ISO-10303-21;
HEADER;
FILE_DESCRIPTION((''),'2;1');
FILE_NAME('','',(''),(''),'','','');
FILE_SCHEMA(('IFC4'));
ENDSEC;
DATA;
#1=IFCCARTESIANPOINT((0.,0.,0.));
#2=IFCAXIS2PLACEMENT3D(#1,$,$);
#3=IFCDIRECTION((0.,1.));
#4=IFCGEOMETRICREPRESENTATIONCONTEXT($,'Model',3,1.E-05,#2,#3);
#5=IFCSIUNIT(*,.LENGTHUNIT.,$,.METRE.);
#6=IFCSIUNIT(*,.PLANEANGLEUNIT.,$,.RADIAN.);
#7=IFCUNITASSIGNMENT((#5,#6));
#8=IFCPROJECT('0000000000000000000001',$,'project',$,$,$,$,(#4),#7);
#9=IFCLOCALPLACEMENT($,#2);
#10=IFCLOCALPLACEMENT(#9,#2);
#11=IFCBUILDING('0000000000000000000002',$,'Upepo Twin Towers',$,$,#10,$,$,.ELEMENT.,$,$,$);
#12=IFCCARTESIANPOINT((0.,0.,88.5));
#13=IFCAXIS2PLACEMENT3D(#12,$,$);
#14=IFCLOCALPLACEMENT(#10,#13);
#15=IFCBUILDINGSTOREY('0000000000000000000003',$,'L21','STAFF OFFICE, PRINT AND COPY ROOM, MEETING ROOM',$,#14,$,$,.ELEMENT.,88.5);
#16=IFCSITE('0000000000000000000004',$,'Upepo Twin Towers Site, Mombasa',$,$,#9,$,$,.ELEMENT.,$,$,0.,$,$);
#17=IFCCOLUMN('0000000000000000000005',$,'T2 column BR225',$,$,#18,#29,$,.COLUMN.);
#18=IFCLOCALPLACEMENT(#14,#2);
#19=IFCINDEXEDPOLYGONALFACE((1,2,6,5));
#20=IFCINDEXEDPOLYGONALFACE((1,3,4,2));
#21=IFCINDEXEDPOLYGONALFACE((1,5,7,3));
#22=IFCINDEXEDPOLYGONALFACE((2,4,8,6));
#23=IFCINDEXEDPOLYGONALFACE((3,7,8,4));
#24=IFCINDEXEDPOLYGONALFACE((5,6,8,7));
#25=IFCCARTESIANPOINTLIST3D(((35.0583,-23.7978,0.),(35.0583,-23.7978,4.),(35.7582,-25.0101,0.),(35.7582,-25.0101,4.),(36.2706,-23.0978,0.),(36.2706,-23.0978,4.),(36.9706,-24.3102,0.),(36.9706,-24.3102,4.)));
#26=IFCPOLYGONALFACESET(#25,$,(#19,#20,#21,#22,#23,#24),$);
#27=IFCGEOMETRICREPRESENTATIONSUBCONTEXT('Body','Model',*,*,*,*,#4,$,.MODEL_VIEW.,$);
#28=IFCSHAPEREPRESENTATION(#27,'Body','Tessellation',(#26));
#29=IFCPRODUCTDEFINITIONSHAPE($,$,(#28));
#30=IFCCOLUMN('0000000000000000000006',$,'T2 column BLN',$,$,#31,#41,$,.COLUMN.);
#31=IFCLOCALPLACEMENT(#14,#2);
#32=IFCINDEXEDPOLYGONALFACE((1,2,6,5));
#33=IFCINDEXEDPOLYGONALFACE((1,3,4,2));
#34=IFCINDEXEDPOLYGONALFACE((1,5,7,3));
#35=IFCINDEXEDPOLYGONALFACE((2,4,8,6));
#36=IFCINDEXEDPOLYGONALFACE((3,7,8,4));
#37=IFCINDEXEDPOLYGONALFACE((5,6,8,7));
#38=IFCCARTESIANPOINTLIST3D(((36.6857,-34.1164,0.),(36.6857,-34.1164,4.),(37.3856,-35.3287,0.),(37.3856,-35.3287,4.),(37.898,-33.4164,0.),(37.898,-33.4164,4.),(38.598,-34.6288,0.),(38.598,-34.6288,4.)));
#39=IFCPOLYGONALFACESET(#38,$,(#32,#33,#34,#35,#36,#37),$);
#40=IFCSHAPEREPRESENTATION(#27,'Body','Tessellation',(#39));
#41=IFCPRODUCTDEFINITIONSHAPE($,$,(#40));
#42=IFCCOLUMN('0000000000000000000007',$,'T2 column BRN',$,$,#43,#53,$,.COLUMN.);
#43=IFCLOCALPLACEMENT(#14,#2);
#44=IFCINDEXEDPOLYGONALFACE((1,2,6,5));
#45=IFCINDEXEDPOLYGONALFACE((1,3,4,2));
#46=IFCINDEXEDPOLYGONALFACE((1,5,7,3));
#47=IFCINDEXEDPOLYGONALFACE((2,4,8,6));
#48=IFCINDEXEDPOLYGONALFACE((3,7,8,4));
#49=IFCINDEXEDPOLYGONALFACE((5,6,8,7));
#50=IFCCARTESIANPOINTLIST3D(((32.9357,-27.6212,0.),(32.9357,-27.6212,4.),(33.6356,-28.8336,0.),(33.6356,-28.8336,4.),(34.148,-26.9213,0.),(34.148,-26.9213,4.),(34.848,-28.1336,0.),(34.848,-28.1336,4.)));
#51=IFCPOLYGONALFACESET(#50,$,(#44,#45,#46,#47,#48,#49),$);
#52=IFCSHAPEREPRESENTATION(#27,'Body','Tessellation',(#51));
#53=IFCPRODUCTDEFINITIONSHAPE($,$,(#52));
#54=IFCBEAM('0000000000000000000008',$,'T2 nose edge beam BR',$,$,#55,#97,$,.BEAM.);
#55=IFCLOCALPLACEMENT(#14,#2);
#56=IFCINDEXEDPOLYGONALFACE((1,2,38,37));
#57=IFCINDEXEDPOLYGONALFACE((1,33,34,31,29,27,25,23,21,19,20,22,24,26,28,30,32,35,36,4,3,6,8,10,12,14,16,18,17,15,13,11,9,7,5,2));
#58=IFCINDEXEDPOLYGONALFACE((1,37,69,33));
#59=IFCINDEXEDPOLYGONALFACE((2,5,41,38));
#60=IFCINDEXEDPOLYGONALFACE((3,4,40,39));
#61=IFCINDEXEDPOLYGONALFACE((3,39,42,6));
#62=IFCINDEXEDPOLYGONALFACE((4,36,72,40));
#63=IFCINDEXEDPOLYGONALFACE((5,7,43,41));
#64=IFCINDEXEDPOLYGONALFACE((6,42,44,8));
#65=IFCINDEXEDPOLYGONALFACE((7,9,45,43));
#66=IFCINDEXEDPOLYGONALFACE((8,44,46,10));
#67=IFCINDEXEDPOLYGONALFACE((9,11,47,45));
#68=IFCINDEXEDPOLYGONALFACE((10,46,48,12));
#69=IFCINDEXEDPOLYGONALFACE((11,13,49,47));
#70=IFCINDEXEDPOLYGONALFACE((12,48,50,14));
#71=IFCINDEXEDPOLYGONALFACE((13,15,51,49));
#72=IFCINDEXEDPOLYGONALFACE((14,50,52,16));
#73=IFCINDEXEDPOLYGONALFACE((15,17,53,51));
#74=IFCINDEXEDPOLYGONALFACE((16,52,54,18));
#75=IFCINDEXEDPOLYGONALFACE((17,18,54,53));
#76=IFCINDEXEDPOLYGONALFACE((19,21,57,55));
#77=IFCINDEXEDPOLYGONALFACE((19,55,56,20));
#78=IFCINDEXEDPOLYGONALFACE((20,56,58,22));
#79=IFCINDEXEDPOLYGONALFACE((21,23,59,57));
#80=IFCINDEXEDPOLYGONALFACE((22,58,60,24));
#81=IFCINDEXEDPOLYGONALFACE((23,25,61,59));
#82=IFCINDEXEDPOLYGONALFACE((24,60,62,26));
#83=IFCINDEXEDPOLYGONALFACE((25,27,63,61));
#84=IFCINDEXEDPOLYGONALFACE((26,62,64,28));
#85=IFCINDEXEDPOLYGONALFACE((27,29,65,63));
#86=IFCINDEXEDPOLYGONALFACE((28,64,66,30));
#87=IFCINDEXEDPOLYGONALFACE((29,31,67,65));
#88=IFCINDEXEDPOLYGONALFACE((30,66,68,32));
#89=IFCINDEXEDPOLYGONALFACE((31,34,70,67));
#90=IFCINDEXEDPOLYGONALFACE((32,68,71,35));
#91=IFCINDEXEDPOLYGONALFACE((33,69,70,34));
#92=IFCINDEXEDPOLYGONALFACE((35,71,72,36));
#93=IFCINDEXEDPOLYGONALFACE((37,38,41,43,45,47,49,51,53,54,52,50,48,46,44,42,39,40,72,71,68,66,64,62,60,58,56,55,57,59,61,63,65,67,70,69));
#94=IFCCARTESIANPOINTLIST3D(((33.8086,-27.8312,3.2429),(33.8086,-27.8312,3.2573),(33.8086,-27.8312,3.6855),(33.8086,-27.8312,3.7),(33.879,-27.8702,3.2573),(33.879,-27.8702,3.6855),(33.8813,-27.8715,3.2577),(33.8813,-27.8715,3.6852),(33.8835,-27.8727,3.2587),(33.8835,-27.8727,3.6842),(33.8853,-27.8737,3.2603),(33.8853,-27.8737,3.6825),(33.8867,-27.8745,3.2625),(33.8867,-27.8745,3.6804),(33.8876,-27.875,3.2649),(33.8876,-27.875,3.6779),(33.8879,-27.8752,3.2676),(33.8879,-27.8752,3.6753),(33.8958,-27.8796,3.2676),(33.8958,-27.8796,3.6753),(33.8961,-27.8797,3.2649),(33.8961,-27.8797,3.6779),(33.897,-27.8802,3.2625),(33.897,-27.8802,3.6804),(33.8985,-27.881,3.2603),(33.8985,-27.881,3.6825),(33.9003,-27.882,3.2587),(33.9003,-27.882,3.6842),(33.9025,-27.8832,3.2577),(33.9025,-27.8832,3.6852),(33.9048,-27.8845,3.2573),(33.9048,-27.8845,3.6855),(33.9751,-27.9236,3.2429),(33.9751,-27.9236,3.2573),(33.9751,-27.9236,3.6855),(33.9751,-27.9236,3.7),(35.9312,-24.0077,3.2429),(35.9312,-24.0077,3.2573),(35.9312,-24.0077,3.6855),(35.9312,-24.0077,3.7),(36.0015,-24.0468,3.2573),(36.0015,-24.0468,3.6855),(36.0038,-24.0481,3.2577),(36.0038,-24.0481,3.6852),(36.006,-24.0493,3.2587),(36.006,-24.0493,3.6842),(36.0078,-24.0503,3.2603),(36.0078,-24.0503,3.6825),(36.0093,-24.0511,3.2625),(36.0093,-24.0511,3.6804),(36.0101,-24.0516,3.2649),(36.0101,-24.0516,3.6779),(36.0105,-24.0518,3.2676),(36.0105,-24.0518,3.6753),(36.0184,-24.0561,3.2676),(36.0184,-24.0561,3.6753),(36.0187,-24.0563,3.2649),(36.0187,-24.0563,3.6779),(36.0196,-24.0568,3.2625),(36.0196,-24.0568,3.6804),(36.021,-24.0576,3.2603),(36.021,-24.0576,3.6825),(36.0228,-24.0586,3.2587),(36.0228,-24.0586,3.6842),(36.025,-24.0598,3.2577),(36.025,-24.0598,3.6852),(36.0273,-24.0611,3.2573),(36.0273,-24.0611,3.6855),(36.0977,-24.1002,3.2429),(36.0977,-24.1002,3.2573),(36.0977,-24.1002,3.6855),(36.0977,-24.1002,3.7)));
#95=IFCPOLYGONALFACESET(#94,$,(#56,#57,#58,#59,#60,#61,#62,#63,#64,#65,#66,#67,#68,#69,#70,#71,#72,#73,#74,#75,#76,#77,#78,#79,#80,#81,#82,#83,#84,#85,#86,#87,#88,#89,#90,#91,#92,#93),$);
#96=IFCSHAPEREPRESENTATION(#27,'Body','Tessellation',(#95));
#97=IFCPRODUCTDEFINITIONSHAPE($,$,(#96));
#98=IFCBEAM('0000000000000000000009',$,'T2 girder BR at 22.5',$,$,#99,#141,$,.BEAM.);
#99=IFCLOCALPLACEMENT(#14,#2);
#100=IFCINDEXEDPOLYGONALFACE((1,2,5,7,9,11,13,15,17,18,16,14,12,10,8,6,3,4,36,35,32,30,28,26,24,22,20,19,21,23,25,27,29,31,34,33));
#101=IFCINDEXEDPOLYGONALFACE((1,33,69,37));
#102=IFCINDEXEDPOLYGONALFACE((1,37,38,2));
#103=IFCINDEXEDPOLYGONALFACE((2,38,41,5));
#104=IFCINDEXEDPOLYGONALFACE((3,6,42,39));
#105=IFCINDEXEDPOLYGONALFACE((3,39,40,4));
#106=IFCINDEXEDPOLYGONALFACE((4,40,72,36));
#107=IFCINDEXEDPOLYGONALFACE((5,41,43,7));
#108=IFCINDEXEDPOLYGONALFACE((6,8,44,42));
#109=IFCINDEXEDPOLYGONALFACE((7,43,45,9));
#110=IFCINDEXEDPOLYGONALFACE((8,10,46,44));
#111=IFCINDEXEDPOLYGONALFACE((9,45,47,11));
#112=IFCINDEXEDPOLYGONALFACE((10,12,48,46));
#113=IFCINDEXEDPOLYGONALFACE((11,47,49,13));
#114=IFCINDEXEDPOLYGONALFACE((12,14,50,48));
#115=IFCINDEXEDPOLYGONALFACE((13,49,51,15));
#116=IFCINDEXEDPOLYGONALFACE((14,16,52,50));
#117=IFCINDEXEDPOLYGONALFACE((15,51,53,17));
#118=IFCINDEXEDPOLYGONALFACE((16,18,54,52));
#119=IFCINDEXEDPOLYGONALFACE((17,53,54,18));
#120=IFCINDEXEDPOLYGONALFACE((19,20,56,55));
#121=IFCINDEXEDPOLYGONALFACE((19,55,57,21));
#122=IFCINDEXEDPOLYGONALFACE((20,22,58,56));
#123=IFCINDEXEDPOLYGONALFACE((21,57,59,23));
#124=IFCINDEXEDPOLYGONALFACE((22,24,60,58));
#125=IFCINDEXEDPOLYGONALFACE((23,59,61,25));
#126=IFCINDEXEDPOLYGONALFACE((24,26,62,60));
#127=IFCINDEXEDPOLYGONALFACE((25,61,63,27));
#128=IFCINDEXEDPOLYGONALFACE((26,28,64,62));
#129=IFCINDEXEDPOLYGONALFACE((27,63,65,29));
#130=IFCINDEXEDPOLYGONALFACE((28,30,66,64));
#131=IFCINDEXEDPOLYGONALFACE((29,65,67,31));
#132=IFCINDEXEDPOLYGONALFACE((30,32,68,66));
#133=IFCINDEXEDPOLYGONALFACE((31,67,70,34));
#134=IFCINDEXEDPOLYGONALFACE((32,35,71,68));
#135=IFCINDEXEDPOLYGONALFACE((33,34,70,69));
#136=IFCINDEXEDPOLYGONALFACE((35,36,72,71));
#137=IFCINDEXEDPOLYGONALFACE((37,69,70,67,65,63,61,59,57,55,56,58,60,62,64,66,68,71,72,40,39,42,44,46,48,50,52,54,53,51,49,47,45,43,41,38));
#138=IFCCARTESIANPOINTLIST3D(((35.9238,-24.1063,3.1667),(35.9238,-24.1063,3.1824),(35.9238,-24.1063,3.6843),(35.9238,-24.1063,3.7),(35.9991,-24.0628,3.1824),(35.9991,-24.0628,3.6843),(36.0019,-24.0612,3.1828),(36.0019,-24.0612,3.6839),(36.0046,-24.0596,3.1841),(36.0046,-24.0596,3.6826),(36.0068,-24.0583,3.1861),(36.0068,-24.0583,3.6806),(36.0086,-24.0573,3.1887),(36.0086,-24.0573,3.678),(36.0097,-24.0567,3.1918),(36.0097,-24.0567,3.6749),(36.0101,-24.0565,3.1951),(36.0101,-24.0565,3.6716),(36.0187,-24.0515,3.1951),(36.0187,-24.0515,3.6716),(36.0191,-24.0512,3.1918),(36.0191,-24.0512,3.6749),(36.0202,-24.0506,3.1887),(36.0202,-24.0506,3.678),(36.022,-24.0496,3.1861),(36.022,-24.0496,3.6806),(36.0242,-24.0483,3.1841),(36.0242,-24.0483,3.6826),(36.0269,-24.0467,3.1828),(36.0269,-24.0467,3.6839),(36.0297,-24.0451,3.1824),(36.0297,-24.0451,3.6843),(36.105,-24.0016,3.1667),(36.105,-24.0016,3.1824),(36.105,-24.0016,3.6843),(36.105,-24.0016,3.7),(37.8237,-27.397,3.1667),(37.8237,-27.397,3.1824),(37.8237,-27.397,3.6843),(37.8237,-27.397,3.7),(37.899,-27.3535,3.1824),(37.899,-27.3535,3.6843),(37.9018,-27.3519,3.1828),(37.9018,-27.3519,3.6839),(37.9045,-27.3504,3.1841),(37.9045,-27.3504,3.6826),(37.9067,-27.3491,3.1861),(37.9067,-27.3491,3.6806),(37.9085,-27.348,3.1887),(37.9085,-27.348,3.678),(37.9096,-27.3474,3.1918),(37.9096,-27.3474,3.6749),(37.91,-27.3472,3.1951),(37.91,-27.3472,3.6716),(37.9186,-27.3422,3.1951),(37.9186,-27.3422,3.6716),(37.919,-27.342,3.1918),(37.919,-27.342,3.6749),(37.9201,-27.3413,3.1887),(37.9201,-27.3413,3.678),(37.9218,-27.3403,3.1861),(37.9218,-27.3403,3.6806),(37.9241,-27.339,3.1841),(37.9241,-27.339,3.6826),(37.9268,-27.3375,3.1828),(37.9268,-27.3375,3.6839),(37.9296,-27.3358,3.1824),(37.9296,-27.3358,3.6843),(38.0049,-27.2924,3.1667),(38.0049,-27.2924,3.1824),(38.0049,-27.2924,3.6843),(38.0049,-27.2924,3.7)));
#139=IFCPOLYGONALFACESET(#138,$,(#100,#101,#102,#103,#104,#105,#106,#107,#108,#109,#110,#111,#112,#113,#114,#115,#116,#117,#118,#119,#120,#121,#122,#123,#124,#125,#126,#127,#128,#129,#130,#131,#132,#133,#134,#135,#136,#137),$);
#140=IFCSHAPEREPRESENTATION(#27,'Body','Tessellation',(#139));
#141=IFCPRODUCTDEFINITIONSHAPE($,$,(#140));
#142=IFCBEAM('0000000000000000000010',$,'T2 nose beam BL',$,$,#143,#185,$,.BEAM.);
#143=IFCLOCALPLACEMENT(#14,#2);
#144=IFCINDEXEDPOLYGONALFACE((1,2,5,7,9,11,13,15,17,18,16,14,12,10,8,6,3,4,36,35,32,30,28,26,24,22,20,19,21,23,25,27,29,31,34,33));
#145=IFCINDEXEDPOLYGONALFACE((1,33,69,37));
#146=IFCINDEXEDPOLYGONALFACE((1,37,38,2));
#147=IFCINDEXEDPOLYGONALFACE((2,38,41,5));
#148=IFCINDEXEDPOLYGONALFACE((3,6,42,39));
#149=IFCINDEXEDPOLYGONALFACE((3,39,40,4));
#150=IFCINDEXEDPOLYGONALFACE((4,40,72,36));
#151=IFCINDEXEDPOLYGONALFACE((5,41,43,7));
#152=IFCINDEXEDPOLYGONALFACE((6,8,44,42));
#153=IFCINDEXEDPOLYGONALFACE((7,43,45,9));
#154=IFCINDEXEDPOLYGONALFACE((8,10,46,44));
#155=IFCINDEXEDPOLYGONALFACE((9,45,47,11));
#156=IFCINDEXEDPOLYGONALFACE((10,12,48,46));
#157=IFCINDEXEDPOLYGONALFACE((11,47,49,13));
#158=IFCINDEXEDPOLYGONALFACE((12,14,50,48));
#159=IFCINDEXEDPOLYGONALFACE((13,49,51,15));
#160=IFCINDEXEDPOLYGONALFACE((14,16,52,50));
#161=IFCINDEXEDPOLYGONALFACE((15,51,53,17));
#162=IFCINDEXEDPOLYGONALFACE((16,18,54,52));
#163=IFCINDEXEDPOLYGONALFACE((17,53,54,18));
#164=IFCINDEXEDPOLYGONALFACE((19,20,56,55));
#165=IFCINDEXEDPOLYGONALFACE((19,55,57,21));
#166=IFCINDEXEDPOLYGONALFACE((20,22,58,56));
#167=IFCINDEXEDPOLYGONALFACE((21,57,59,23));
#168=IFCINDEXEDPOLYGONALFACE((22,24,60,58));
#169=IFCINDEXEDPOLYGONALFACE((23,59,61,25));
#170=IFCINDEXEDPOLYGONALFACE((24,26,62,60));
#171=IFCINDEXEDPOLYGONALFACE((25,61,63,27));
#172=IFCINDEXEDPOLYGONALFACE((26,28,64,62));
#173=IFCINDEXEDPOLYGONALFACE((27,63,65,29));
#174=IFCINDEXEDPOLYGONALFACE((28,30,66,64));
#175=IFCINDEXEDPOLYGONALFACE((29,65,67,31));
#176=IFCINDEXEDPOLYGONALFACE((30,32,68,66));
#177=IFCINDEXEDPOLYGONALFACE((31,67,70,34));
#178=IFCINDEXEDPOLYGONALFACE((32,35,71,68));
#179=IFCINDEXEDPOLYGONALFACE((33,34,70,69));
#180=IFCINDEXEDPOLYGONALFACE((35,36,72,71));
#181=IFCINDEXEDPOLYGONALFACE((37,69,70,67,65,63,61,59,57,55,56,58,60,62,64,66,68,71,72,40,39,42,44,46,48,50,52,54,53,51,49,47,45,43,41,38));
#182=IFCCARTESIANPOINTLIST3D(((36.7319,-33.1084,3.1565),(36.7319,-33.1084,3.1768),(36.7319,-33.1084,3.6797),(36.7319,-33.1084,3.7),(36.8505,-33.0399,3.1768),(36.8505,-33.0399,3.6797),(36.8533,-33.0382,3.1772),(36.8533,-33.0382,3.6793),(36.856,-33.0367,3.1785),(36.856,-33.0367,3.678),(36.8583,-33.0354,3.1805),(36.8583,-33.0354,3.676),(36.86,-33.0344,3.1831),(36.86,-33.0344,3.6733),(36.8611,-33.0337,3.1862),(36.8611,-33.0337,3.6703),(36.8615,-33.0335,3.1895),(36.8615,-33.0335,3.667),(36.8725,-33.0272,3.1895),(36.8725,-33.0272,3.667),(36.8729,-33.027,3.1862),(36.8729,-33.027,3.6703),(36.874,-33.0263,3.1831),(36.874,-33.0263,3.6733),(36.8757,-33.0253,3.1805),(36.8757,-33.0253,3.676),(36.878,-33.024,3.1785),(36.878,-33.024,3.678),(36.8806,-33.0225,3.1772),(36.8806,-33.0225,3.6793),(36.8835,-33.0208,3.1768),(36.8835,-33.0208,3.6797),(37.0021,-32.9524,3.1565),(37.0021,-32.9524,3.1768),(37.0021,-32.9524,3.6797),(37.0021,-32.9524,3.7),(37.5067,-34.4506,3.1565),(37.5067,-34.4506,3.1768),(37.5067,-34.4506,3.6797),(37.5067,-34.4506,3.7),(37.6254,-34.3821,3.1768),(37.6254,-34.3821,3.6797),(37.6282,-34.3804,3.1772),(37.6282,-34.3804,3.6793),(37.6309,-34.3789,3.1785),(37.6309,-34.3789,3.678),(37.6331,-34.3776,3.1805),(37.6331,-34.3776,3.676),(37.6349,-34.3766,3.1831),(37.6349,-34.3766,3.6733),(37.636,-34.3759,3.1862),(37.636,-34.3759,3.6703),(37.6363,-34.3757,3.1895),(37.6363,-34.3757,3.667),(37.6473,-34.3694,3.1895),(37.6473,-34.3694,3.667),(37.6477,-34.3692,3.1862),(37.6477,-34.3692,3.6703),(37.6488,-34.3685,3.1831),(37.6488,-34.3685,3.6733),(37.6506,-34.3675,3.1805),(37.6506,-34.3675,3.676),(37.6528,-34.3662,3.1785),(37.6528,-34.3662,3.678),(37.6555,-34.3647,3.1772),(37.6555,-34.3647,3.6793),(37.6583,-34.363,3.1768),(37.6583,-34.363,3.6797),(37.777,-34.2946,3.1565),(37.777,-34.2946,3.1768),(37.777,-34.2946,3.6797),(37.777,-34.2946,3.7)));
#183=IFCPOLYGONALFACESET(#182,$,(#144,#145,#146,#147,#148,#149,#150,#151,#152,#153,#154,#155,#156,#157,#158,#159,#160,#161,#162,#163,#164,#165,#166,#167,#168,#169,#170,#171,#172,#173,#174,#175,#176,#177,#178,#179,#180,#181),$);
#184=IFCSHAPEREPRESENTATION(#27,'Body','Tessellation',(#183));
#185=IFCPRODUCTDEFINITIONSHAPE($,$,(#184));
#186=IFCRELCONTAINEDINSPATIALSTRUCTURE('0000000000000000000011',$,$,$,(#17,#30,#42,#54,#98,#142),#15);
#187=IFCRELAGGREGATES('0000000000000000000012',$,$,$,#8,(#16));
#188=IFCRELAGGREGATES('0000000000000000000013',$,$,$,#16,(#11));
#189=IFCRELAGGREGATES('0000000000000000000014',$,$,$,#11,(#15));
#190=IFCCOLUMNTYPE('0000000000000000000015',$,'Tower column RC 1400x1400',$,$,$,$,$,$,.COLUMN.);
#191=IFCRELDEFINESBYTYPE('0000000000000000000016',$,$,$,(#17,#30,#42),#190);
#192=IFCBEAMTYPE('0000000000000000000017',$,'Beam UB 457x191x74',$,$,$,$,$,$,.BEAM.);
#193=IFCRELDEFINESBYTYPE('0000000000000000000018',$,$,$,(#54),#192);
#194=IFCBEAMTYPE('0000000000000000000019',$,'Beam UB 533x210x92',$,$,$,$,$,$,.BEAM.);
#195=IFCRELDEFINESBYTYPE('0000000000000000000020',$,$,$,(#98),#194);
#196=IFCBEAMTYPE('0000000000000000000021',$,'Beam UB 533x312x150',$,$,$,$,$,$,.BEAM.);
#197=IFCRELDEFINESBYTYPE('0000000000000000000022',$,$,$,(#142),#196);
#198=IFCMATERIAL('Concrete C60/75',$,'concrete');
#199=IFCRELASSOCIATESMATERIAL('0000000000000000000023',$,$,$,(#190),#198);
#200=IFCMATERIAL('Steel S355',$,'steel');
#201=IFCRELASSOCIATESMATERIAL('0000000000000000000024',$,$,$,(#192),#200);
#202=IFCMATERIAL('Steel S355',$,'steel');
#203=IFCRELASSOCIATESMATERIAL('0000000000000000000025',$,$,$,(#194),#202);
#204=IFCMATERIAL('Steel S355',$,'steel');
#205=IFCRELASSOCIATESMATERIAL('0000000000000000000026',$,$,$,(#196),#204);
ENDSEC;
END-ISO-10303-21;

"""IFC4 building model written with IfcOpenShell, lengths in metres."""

from ifc_helpers import new_model, si_unit, direction, frame, origin, origin_2d, place, context, subcontext, project, spatial, rectangle, i_section, extrude, material, material_profile, profile_set, type_object, element, save


model = new_model("IFC4")

# Units and contexts
model_context = context("Model", 3, precision=1e-05, world=origin(), true_north=direction((0.0, 1.0)))
body_context = subcontext(model_context, "Body", "Model", "MODEL_VIEW")
ifc_project = project(units=[si_unit("LENGTHUNIT", "METRE"), si_unit("PLANEANGLEUNIT", "RADIAN")], contexts=[model_context])

# Site, building, storey
site_placement = place(None, origin())
site = spatial("IfcSite", under=ifc_project, at=site_placement, Name="Upepo Twin Towers Site, Mombasa", CompositionType="ELEMENT", RefElevation=0.0)
building_placement = place(site_placement, origin())
building = spatial("IfcBuilding", under=site, at=building_placement, Name="Upepo Twin Towers", CompositionType="ELEMENT")
storey_placement = place(building_placement, frame((0.0, 0.0, 88.5)))
storey = spatial("IfcBuildingStorey", under=building, at=storey_placement, Name="L21", Description="STAFF OFFICE, PRINT AND COPY ROOM, MEETING ROOM", CompositionType="ELEMENT", Elevation=88.5)

# Columns
ifc_material_1 = material(Name="Concrete C60/75", Category="concrete")
ifc_material_profile_1 = material_profile(ifc_material_1, rectangle(XDim=1.3999, YDim=1.3999, at=origin_2d()), Name="RC 1400x1400")
ifc_profile_set_1 = profile_set([ifc_material_profile_1], Name="Concrete C60/75")
column_type = type_object("IfcColumnType", Name="Tower column RC 1400x1400", PredefinedType="COLUMN", material=ifc_profile_set_1)
for number, where, z_axis, x_axis, name in (
    (1, (36.0144, -24.054, 0.0), (0.0, 0.0, 1.0), (0.866025, 0.5, 0.0), "T2 column BR225"),
    (2, (37.6418, -34.3726, 0.0), (0.0, 0.0, 1.0), (0.866025, 0.5, 0.0), "T2 column BLN"),
    (3, (33.8918, -27.8774, 0.0), (0.0, 0.0, 1.0), (0.866025, 0.5, 0.0), "T2 column BRN"),
):
    element("IfcColumn", number, at=place(storey_placement, frame(where, z_axis=z_axis, x_axis=x_axis)), inside=storey, type_object=column_type, Name=name, PredefinedType="COLUMN", context=body_context, shape_type="SweptSolid", body=[
        extrude(rectangle(XDim=1.3999, YDim=1.3999, at=origin_2d()), origin(), (0.0, 0.0, 1.0), 4.0),
    ])

# Beams
ifc_material_2 = material(Name="Steel S355", Category="steel")
ifc_material_profile_2 = material_profile(ifc_material_2, i_section(OverallWidth=0.1904, OverallDepth=0.457, WebThickness=0.009, FlangeThickness=0.0144, FilletRadius=0.0103, at=origin_2d()), Name="UB 457x191x74")
ifc_profile_set_2 = profile_set([ifc_material_profile_2], Name="Steel S355")
beam_type_1 = type_object("IfcBeamType", Name="Beam UB 457x191x74", PredefinedType="BEAM", material=ifc_profile_set_2)
beam_1_placement = place(storey_placement, frame((36.0144, -24.054, 3.4714), z_axis=(-0.485363, -0.874313, 0.0), x_axis=(0.874313, -0.485363, 0.0)))
element("IfcBeam", 4, at=beam_1_placement, inside=storey, type_object=beam_type_1, Name="T2 nose edge beam BR", PredefinedType="BEAM", context=body_context, shape_type="SweptSolid", body=[
    extrude(i_section(OverallWidth=0.1904, OverallDepth=0.457, WebThickness=0.009, FlangeThickness=0.0144, FilletRadius=0.0103, at=origin_2d()), origin(), (0.0, 0.0, 1.0), 4.373),
])
ifc_material_3 = material(Name="Steel S355", Category="steel")
ifc_material_profile_3 = material_profile(ifc_material_3, i_section(OverallWidth=0.2092, OverallDepth=0.5332, WebThickness=0.01, FlangeThickness=0.0156, FilletRadius=0.0127, at=origin_2d()), Name="UB 533x210x92")
ifc_profile_set_3 = profile_set([ifc_material_profile_3], Name="Steel S355")
beam_type_2 = type_object("IfcBeamType", Name="Beam UB 533x210x92", PredefinedType="BEAM", material=ifc_profile_set_3)
beam_2_placement = place(storey_placement, frame((36.0144, -24.054, 3.4333), z_axis=(0.499995, -0.866028, 0.0), x_axis=(0.866028, 0.499995, 0.0)))
element("IfcBeam", 5, at=beam_2_placement, inside=storey, type_object=beam_type_2, Name="T2 girder BR at 22.5", PredefinedType="BEAM", context=body_context, shape_type="SweptSolid", body=[
    extrude(i_section(OverallWidth=0.2092, OverallDepth=0.5332, WebThickness=0.01, FlangeThickness=0.0156, FilletRadius=0.0127, at=origin_2d()), origin(), (0.0, 0.0, 1.0), 3.7998),
])
ifc_material_4 = material(Name="Steel S355", Category="steel")
ifc_material_profile_4 = material_profile(ifc_material_4, i_section(OverallWidth=0.312, OverallDepth=0.5435, WebThickness=0.0127, FlangeThickness=0.0203, FilletRadius=0.0127, at=origin_2d()), Name="UB 533x312x150")
ifc_profile_set_4 = profile_set([ifc_material_profile_4], Name="Steel S355")
beam_type_3 = type_object("IfcBeamType", Name="Beam UB 533x312x150", PredefinedType="BEAM", material=ifc_profile_set_4)
for number, where, z_axis, x_axis, name in (
    (6, (37.6418, -34.3726, 3.4282), (-0.499968, 0.866044, 0.0), (-0.866044, -0.499968, 0.0), "T2 nose beam BL"),
):
    element("IfcBeam", number, at=place(storey_placement, frame(where, z_axis=z_axis, x_axis=x_axis)), inside=storey, type_object=beam_type_3, Name=name, PredefinedType="BEAM", context=body_context, shape_type="SweptSolid", body=[
        extrude(i_section(OverallWidth=0.312, OverallDepth=0.5435, WebThickness=0.0127, FlangeThickness=0.0203, FilletRadius=0.0127, at=origin_2d()), origin(), (0.0, 0.0, 1.0), 1.5498),
    ])

save(model, "model.ifc")
